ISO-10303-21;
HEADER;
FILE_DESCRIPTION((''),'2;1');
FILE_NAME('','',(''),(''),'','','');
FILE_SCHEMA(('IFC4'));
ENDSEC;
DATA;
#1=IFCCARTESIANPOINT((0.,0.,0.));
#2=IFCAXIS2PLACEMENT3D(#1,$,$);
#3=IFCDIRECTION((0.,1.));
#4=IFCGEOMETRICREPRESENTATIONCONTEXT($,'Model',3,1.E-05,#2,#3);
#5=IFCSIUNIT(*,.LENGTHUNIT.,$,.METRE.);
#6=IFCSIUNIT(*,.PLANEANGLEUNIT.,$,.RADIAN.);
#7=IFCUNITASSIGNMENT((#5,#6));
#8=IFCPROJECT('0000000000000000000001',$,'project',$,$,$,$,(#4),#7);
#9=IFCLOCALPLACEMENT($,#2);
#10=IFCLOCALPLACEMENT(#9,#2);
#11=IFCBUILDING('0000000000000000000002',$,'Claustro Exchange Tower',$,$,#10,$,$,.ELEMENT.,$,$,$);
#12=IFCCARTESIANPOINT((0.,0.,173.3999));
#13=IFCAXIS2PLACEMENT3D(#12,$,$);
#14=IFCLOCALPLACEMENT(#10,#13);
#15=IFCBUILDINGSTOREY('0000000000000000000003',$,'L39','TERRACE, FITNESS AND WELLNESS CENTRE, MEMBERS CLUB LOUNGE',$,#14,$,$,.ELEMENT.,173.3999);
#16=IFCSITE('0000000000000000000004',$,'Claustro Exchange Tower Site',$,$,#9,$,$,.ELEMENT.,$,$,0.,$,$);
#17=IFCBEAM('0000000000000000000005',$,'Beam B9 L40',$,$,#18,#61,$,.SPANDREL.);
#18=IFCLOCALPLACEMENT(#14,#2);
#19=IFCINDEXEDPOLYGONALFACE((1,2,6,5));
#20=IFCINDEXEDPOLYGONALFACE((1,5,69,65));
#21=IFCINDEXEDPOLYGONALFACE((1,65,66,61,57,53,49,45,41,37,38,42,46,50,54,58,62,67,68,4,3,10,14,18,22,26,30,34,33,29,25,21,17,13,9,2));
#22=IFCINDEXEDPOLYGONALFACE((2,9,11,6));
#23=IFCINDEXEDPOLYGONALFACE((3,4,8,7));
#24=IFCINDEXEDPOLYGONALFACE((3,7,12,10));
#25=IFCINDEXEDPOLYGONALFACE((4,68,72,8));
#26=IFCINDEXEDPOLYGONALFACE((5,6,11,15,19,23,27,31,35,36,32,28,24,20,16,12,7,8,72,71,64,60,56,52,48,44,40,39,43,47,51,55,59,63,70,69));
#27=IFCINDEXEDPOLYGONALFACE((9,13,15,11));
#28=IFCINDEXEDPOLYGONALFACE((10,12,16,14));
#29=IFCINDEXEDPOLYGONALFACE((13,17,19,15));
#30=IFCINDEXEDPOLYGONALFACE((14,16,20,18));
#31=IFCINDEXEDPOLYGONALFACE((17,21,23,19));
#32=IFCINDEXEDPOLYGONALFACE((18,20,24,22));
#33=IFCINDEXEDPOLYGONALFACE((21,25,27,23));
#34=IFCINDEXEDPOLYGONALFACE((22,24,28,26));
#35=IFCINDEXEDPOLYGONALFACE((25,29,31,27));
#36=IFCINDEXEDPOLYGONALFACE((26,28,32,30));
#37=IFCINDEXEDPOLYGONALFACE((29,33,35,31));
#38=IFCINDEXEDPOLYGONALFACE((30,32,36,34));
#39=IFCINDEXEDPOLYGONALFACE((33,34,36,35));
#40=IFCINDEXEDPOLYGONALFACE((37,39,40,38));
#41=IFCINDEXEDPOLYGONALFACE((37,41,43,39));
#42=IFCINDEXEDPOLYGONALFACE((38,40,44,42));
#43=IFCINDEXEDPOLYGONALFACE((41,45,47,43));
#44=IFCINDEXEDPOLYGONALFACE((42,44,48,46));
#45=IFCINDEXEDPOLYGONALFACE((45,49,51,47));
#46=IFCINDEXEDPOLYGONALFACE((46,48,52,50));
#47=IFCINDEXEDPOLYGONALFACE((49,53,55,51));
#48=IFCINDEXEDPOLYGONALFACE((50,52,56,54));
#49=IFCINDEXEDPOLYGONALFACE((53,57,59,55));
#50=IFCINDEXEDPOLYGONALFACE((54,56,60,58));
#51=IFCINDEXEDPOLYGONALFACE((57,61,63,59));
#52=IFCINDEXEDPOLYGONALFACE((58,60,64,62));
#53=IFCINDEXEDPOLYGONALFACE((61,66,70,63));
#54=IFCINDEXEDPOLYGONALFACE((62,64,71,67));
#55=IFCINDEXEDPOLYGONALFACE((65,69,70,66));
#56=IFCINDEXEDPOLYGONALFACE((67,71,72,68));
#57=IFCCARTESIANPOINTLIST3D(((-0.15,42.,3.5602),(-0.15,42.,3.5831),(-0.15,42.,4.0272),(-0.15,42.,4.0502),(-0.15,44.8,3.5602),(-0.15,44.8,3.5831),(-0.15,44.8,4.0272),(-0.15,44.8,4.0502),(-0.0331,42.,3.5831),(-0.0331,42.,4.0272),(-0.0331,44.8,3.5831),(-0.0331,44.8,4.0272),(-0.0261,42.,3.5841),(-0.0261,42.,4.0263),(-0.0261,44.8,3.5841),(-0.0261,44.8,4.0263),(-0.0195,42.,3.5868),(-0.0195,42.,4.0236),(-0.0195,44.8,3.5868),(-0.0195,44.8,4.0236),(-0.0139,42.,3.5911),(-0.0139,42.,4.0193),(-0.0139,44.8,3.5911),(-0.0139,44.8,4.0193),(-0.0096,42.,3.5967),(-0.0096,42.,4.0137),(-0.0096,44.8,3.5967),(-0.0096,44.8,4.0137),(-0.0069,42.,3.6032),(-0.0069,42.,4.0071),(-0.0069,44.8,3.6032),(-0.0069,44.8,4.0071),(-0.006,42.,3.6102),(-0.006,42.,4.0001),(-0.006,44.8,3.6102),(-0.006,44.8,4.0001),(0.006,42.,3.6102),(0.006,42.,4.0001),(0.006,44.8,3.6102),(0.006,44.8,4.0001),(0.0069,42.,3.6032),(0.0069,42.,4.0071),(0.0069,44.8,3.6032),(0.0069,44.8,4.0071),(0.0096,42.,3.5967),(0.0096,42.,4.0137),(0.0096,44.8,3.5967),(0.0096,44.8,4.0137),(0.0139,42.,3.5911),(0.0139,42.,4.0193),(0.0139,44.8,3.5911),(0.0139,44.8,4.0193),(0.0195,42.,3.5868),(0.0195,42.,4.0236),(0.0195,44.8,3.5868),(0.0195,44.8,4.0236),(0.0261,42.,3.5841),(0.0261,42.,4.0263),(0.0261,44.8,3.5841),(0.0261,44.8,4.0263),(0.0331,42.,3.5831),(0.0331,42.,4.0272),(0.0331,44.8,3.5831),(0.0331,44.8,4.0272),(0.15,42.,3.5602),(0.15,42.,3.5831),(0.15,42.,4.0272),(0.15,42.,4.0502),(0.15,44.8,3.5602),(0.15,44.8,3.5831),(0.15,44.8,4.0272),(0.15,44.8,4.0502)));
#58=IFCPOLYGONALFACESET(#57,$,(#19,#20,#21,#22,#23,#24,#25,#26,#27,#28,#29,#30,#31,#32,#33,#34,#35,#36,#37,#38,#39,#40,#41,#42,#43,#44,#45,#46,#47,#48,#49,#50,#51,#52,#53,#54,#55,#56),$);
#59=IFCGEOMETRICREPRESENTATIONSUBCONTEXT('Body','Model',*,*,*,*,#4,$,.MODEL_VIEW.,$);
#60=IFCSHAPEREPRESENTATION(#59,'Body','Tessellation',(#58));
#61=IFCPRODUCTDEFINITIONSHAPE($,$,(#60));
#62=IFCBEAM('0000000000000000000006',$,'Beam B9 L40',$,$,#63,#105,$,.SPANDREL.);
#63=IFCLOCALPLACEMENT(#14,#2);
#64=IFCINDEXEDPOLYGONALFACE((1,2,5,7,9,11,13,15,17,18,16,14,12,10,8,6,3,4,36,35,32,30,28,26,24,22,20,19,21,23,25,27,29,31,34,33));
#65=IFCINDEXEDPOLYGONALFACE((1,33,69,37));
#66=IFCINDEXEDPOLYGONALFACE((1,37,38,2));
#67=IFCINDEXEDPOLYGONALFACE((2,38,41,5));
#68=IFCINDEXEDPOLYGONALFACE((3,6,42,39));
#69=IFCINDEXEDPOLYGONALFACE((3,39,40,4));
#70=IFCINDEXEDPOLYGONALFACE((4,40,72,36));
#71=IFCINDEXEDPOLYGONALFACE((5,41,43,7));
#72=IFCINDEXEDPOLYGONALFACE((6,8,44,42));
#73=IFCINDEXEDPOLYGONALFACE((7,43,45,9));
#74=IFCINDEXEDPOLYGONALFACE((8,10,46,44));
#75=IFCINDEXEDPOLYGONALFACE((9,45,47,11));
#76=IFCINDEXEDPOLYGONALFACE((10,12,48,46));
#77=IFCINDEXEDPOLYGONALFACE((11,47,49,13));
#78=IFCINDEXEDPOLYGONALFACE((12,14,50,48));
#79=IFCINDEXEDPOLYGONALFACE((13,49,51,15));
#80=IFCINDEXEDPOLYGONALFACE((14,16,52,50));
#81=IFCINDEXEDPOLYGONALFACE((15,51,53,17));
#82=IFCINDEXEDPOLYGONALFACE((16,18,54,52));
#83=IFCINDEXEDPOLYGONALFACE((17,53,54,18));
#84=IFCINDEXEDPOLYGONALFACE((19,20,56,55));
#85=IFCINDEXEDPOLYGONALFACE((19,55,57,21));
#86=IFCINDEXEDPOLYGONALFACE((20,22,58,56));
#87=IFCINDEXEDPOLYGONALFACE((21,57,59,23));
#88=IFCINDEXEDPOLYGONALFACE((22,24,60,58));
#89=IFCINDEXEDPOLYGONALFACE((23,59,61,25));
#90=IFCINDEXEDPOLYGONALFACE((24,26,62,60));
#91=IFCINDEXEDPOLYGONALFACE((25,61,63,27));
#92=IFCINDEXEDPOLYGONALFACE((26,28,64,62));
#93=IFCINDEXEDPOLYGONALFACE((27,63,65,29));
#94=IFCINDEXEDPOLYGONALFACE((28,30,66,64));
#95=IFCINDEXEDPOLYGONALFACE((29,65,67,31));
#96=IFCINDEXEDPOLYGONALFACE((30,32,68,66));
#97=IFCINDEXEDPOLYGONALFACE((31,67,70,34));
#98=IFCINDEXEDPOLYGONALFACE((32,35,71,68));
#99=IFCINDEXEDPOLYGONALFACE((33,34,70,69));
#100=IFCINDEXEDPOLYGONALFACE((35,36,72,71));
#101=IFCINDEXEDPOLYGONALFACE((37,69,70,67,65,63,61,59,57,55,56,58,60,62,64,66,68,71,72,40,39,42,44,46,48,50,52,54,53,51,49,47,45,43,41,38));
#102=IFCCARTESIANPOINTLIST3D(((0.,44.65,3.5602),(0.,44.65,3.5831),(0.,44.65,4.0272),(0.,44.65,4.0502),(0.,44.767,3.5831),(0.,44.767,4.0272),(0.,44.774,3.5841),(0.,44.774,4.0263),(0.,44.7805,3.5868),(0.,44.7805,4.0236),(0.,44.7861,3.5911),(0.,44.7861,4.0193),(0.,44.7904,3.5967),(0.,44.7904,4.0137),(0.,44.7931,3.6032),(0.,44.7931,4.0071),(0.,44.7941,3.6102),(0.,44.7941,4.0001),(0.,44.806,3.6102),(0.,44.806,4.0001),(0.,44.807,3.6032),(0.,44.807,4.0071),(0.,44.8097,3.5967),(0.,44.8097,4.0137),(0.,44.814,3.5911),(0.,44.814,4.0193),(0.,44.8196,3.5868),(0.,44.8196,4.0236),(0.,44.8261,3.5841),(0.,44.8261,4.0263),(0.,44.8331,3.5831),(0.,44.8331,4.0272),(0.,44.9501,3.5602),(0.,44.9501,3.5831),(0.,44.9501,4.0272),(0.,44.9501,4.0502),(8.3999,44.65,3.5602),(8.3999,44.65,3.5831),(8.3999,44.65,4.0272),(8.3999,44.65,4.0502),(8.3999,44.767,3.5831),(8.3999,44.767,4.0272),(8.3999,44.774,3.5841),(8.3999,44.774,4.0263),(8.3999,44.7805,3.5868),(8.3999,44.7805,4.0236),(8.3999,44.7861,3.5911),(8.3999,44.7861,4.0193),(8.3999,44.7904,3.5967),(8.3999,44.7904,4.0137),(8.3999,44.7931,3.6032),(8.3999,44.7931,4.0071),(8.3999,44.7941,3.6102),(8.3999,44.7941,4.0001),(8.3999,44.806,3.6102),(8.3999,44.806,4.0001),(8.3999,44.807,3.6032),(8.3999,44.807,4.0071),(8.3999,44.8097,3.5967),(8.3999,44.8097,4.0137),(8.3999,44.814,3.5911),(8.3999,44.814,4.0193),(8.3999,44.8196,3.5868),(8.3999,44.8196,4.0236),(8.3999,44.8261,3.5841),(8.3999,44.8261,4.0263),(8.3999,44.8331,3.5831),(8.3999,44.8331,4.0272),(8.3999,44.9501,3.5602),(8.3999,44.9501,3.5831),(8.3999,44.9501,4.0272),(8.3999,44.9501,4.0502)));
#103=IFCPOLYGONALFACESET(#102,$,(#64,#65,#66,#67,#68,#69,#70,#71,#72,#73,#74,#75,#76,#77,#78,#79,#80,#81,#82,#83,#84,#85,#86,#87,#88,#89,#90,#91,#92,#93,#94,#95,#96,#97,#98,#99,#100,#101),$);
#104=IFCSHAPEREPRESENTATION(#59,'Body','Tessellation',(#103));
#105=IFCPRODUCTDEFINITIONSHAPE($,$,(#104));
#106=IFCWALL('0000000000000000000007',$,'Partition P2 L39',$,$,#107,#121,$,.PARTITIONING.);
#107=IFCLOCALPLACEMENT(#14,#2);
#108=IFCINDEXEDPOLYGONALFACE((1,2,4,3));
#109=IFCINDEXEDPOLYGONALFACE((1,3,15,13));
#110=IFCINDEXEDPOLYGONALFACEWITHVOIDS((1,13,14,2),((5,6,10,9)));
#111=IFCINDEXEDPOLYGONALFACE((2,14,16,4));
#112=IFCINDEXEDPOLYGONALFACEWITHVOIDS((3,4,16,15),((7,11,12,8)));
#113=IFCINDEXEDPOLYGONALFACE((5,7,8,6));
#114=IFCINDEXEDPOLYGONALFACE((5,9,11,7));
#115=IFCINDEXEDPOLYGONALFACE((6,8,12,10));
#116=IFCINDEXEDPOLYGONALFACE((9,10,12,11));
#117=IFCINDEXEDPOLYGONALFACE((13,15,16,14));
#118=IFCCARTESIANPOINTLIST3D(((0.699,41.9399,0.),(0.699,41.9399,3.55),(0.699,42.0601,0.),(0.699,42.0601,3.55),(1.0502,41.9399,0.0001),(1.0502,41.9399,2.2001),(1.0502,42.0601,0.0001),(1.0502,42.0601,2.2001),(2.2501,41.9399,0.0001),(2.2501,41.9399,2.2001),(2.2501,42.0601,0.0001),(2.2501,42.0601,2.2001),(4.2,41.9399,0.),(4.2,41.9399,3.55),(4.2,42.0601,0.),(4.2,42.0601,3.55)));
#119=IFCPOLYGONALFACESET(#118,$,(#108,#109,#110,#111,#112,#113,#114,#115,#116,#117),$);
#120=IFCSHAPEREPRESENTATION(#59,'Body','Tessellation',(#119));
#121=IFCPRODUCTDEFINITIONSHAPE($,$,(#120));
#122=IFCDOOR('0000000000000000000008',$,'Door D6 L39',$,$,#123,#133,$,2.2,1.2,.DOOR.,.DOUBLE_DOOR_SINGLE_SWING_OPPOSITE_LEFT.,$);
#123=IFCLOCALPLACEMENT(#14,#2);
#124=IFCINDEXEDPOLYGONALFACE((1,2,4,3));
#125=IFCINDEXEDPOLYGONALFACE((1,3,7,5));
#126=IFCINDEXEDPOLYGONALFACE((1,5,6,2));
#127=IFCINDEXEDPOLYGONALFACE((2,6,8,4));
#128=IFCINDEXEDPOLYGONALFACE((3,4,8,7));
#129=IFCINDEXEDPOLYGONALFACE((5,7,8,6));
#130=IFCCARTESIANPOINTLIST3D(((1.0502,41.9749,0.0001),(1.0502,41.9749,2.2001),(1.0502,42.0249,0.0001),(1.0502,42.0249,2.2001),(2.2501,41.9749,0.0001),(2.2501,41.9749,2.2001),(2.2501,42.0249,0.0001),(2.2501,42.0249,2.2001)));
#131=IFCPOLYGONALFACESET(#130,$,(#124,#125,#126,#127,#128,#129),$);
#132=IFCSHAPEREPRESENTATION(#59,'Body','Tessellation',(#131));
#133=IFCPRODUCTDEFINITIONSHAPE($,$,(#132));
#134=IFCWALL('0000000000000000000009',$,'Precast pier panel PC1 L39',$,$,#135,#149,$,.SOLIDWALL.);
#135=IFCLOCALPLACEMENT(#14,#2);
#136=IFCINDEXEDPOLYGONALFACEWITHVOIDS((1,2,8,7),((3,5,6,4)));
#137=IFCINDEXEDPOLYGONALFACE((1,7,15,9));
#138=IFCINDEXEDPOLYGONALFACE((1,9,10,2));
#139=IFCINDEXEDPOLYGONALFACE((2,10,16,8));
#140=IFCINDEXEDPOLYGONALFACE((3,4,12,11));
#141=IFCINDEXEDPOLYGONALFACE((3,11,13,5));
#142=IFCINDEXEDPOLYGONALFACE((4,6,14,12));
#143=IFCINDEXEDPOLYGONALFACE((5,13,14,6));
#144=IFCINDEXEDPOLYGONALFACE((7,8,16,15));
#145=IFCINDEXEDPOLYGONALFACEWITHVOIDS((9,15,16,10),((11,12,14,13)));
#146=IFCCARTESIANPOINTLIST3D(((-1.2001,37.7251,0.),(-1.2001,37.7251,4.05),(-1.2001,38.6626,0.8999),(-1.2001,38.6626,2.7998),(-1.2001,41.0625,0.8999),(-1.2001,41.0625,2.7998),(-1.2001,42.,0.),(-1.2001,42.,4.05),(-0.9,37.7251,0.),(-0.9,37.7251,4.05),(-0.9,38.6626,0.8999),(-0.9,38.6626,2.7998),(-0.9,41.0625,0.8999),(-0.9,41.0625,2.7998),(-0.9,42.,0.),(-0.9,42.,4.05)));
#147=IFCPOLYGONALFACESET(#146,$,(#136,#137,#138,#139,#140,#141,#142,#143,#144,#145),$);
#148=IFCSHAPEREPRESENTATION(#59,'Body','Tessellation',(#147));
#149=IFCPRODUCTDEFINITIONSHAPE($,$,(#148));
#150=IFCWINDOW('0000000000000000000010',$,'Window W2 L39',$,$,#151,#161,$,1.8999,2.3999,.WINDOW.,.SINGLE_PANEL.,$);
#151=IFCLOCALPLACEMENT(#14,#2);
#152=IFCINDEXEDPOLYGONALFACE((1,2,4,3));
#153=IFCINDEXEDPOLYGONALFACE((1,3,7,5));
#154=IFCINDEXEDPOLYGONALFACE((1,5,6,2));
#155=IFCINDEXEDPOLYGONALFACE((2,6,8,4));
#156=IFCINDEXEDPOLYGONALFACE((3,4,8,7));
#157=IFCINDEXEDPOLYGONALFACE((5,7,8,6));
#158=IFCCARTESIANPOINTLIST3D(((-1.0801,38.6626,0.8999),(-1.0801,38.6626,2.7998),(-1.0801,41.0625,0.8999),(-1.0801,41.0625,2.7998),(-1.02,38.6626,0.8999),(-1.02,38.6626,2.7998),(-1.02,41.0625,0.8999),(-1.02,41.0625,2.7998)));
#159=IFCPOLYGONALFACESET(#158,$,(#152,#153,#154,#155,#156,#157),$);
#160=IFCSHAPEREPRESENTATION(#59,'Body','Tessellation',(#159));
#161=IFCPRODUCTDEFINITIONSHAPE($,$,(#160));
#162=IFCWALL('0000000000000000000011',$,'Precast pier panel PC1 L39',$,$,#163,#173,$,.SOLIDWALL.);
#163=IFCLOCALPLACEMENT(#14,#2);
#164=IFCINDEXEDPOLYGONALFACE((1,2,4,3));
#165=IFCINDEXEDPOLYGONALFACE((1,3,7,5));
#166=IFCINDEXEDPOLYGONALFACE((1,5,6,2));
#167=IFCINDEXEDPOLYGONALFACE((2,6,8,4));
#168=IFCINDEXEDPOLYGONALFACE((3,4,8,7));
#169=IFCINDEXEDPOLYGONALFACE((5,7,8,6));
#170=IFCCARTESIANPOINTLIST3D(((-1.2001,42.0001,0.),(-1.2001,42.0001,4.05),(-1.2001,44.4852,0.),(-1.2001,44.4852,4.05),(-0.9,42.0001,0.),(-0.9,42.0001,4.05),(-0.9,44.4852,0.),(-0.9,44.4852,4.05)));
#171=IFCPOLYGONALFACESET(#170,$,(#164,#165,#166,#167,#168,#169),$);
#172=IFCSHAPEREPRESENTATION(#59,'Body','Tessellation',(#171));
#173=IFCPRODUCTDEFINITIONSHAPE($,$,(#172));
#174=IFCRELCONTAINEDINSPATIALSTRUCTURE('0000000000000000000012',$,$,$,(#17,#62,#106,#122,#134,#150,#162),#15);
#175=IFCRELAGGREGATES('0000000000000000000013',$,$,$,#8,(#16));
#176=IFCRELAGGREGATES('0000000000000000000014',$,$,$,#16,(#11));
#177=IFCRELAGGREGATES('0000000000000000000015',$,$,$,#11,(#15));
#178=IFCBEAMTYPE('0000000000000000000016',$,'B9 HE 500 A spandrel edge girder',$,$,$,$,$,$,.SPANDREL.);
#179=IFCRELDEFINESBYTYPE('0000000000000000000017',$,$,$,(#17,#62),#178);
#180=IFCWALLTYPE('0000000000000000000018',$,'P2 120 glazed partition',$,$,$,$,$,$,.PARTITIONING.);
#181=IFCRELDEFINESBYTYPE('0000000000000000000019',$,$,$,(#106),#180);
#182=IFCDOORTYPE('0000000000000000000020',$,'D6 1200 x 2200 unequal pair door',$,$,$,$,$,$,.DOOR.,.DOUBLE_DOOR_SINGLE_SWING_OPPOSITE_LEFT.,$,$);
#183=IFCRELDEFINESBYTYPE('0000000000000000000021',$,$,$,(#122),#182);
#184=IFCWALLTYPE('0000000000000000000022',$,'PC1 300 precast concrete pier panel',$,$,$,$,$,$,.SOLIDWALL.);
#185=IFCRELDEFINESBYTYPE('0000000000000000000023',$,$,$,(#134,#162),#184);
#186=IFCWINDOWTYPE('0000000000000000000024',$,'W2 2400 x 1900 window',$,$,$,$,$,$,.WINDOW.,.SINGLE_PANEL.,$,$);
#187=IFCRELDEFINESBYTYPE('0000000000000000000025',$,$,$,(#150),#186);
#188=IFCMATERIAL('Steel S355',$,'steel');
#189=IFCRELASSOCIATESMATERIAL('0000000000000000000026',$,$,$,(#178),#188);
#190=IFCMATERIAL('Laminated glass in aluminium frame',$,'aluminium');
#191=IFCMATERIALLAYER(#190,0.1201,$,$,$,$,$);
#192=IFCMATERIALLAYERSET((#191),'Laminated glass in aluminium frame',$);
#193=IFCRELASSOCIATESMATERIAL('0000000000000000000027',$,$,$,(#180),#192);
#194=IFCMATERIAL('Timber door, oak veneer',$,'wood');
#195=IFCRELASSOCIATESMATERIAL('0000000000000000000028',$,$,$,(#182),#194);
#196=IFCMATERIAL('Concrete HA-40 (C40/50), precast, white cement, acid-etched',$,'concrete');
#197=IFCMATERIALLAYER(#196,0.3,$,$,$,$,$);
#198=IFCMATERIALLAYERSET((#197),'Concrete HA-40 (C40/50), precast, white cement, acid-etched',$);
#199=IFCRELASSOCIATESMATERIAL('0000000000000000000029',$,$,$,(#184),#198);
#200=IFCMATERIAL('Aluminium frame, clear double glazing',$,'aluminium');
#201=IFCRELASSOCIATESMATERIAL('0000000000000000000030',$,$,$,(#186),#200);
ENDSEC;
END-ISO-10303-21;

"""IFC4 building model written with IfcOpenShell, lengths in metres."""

from ifc_helpers import new_model, si_unit, direction, frame, frame_2d, origin, origin_2d, place, context, subcontext, project, spatial, rectangle, i_section, extrude, material, layer, layer_set, material_profile, profile_set, type_object, element, fill, save


model = new_model("IFC4")

# Units and contexts
model_context = context("Model", 3, precision=1e-05, world=origin(), true_north=direction((0.0, 1.0)))
body_context = subcontext(model_context, "Body", "Model", "MODEL_VIEW")
ifc_project = project(units=[si_unit("LENGTHUNIT", "METRE"), si_unit("PLANEANGLEUNIT", "RADIAN")], contexts=[model_context])

# Site, building, storey
site_placement = place(None, origin())
site = spatial("IfcSite", under=ifc_project, at=site_placement, Name="Claustro Exchange Tower Site", CompositionType="ELEMENT", RefElevation=0.0)
building_placement = place(site_placement, origin())
building = spatial("IfcBuilding", under=site, at=building_placement, Name="Claustro Exchange Tower", CompositionType="ELEMENT")
storey_placement = place(building_placement, frame((0.0, 0.0, 173.3999)))
storey = spatial("IfcBuildingStorey", under=building, at=storey_placement, Name="L39", Description="TERRACE, FITNESS AND WELLNESS CENTRE, MEMBERS CLUB LOUNGE", CompositionType="ELEMENT", Elevation=173.3999)

# Beams
ifc_material_1 = material(Name="Steel S355", Category="steel")
ifc_material_profile_1 = material_profile(ifc_material_1, i_section(OverallWidth=0.3, OverallDepth=0.49, WebThickness=0.012, FlangeThickness=0.0229, FilletRadius=0.0271, at=origin_2d()), Name="HE 500 A")
ifc_profile_set_1 = profile_set([ifc_material_profile_1], Name="Steel S355")
beam_type_1 = type_object("IfcBeamType", Name="B9 HE 500 A spandrel edge girder", PredefinedType="SPANDREL", material=ifc_profile_set_1)
beam_1_placement = place(storey_placement, frame((0.0, 42.0, 3.8052), z_axis=(0.0, 1.0, 0.0), x_axis=(-1.0, 0.0, 0.0)))
element("IfcBeam", 1, at=beam_1_placement, inside=storey, type_object=beam_type_1, Name="Beam B9 L40", PredefinedType="SPANDREL", context=body_context, shape_type="SweptSolid", body=[
    extrude(i_section(OverallWidth=0.3, OverallDepth=0.49, WebThickness=0.012, FlangeThickness=0.0229, FilletRadius=0.0271, at=origin_2d()), origin(), (0.0, 0.0, 1.0), 2.8),
])
beam_2_placement = place(storey_placement, frame((0.0, 44.8, 3.8052), z_axis=(1.0, 0.0, 0.0), x_axis=(0.0, 1.0, 0.0)))
element("IfcBeam", 2, at=beam_2_placement, inside=storey, type_object=beam_type_1, Name="Beam B9 L40", PredefinedType="SPANDREL", context=body_context, shape_type="SweptSolid", body=[
    extrude(i_section(OverallWidth=0.3, OverallDepth=0.49, WebThickness=0.012, FlangeThickness=0.0229, FilletRadius=0.0271, at=origin_2d()), origin(), (0.0, 0.0, 1.0), 8.3999),
])

# Wall, opening, door
ifc_material_2 = material(Name="Laminated glass in aluminium frame", Category="aluminium")
ifc_layer_1 = layer(ifc_material_2, 0.1201)
ifc_layer_set_1 = layer_set([ifc_layer_1], Name="Laminated glass in aluminium frame")
wall_type_1 = type_object("IfcWallType", Name="P2 120 glazed partition", PredefinedType="PARTITIONING", material=ifc_layer_set_1)
wall_1_placement = place(storey_placement, frame((0.699, 42.0, 0.0), z_axis=(0.0, 0.0, 1.0), x_axis=(1.0, 0.0, 0.0)))
wall_1 = element("IfcWall", 3, at=wall_1_placement, inside=storey, type_object=wall_type_1, Name="Partition P2 L39", PredefinedType="PARTITIONING", context=body_context, shape_type="SweptSolid", body=[
    extrude(rectangle(XDim=3.501, YDim=0.1201, at=frame_2d((1.7505, 0.0))), origin(), (0.0, 0.0, 1.0), 3.55),
])
opening_1_placement = place(wall_1_placement, frame((0.3511, 0.0, 0.0)))
opening_1 = element("IfcOpeningElement", 4, at=opening_1_placement, cuts=wall_1, PredefinedType="OPENING", context=body_context, shape_type="SweptSolid", body=[
    extrude(rectangle(XDim=1.2, YDim=2.2, at=frame_2d((0.6001, 1.1001))), frame((0.0, 0.0701, 0.0), z_axis=(0.0, -1.0, 0.0), x_axis=(1.0, 0.0, 0.0)), (0.0, 0.0, 1.0), 0.1401),
])
ifc_material_3 = material(Name="Timber door, oak veneer", Category="wood")
door_type_1 = type_object("IfcDoorType", Name="D6 1200 x 2200 unequal pair door", OperationType="DOUBLE_DOOR_SINGLE_SWING_OPPOSITE_LEFT", PredefinedType="DOOR", material=ifc_material_3)
door_1_placement = place(opening_1_placement, origin())
door_1 = element("IfcDoor", 5, at=door_1_placement, inside=storey, type_object=door_type_1, Name="Door D6 L39", OperationType="DOUBLE_DOOR_SINGLE_SWING_OPPOSITE_LEFT", OverallHeight=2.2, OverallWidth=1.2, PredefinedType="DOOR", context=body_context, shape_type="SweptSolid", body=[
    extrude(rectangle(XDim=1.2, YDim=2.2, at=frame_2d((0.6001, 1.1001))), frame((0.0, 0.0249, 0.0), z_axis=(0.0, -1.0, 0.0), x_axis=(1.0, 0.0, 0.0)), (0.0, 0.0, 1.0), 0.05),
])
fill(opening_1, door_1)

# Wall, opening, window
ifc_material_4 = material(Name="Concrete HA-40 (C40/50), precast, white cement, acid-etched", Category="concrete")
ifc_layer_2 = layer(ifc_material_4, 0.3)
ifc_layer_set_2 = layer_set([ifc_layer_2], Name="Concrete HA-40 (C40/50), precast, white cement, acid-etched")
wall_type_2 = type_object("IfcWallType", Name="PC1 300 precast concrete pier panel", PredefinedType="SOLIDWALL", material=ifc_layer_set_2)
wall_2_placement = place(storey_placement, frame((-1.05, 37.7251, 0.0), z_axis=(0.0, 0.0, 1.0), x_axis=(0.0, 1.0, 0.0)))
wall_2 = element("IfcWall", 6, at=wall_2_placement, inside=storey, type_object=wall_type_2, Name="Precast pier panel PC1 L39", PredefinedType="SOLIDWALL", context=body_context, shape_type="SweptSolid", body=[
    extrude(rectangle(XDim=4.2749, YDim=0.3, at=frame_2d((2.1375, 0.0))), origin(), (0.0, 0.0, 1.0), 4.05),
])
opening_2_placement = place(wall_2_placement, frame((0.9375, 0.0, 0.8999)))
opening_2 = element("IfcOpeningElement", 7, at=opening_2_placement, cuts=wall_2, PredefinedType="OPENING", context=body_context, shape_type="SweptSolid", body=[
    extrude(rectangle(XDim=2.3999, YDim=1.8999, at=frame_2d((1.2, 0.95))), frame((0.0, 0.1599, 0.0), z_axis=(0.0, -1.0, 0.0), x_axis=(1.0, 0.0, 0.0)), (0.0, 0.0, 1.0), 0.3201),
])
ifc_material_5 = material(Name="Aluminium frame, clear double glazing", Category="aluminium")
window_type_1 = type_object("IfcWindowType", Name="W2 2400 x 1900 window", PartitioningType="SINGLE_PANEL", PredefinedType="WINDOW", material=ifc_material_5)
window_1_placement = place(opening_2_placement, origin())
window_1 = element("IfcWindow", 8, at=window_1_placement, inside=storey, type_object=window_type_1, Name="Window W2 L39", OverallHeight=1.8999, OverallWidth=2.3999, PartitioningType="SINGLE_PANEL", PredefinedType="WINDOW", context=body_context, shape_type="SweptSolid", body=[
    extrude(rectangle(XDim=2.3999, YDim=1.8999, at=frame_2d((1.2, 0.95))), frame((0.0, 0.03, 0.0), z_axis=(0.0, -1.0, 0.0), x_axis=(1.0, 0.0, 0.0)), (0.0, 0.0, 1.0), 0.0601),
])
fill(opening_2, window_1)

# Wall
wall_3_placement = place(storey_placement, frame((-1.05, 42.0, 0.0), z_axis=(0.0, 0.0, 1.0), x_axis=(0.0, 1.0, 0.0)))
element("IfcWall", 9, at=wall_3_placement, inside=storey, type_object=wall_type_2, Name="Precast pier panel PC1 L39", PredefinedType="SOLIDWALL", context=body_context, shape_type="SweptSolid", body=[
    extrude(rectangle(XDim=2.4851, YDim=0.3, at=frame_2d((1.2427, 0.0))), origin(), (0.0, 0.0, 1.0), 4.05),
])

save(model, "model.ifc")
